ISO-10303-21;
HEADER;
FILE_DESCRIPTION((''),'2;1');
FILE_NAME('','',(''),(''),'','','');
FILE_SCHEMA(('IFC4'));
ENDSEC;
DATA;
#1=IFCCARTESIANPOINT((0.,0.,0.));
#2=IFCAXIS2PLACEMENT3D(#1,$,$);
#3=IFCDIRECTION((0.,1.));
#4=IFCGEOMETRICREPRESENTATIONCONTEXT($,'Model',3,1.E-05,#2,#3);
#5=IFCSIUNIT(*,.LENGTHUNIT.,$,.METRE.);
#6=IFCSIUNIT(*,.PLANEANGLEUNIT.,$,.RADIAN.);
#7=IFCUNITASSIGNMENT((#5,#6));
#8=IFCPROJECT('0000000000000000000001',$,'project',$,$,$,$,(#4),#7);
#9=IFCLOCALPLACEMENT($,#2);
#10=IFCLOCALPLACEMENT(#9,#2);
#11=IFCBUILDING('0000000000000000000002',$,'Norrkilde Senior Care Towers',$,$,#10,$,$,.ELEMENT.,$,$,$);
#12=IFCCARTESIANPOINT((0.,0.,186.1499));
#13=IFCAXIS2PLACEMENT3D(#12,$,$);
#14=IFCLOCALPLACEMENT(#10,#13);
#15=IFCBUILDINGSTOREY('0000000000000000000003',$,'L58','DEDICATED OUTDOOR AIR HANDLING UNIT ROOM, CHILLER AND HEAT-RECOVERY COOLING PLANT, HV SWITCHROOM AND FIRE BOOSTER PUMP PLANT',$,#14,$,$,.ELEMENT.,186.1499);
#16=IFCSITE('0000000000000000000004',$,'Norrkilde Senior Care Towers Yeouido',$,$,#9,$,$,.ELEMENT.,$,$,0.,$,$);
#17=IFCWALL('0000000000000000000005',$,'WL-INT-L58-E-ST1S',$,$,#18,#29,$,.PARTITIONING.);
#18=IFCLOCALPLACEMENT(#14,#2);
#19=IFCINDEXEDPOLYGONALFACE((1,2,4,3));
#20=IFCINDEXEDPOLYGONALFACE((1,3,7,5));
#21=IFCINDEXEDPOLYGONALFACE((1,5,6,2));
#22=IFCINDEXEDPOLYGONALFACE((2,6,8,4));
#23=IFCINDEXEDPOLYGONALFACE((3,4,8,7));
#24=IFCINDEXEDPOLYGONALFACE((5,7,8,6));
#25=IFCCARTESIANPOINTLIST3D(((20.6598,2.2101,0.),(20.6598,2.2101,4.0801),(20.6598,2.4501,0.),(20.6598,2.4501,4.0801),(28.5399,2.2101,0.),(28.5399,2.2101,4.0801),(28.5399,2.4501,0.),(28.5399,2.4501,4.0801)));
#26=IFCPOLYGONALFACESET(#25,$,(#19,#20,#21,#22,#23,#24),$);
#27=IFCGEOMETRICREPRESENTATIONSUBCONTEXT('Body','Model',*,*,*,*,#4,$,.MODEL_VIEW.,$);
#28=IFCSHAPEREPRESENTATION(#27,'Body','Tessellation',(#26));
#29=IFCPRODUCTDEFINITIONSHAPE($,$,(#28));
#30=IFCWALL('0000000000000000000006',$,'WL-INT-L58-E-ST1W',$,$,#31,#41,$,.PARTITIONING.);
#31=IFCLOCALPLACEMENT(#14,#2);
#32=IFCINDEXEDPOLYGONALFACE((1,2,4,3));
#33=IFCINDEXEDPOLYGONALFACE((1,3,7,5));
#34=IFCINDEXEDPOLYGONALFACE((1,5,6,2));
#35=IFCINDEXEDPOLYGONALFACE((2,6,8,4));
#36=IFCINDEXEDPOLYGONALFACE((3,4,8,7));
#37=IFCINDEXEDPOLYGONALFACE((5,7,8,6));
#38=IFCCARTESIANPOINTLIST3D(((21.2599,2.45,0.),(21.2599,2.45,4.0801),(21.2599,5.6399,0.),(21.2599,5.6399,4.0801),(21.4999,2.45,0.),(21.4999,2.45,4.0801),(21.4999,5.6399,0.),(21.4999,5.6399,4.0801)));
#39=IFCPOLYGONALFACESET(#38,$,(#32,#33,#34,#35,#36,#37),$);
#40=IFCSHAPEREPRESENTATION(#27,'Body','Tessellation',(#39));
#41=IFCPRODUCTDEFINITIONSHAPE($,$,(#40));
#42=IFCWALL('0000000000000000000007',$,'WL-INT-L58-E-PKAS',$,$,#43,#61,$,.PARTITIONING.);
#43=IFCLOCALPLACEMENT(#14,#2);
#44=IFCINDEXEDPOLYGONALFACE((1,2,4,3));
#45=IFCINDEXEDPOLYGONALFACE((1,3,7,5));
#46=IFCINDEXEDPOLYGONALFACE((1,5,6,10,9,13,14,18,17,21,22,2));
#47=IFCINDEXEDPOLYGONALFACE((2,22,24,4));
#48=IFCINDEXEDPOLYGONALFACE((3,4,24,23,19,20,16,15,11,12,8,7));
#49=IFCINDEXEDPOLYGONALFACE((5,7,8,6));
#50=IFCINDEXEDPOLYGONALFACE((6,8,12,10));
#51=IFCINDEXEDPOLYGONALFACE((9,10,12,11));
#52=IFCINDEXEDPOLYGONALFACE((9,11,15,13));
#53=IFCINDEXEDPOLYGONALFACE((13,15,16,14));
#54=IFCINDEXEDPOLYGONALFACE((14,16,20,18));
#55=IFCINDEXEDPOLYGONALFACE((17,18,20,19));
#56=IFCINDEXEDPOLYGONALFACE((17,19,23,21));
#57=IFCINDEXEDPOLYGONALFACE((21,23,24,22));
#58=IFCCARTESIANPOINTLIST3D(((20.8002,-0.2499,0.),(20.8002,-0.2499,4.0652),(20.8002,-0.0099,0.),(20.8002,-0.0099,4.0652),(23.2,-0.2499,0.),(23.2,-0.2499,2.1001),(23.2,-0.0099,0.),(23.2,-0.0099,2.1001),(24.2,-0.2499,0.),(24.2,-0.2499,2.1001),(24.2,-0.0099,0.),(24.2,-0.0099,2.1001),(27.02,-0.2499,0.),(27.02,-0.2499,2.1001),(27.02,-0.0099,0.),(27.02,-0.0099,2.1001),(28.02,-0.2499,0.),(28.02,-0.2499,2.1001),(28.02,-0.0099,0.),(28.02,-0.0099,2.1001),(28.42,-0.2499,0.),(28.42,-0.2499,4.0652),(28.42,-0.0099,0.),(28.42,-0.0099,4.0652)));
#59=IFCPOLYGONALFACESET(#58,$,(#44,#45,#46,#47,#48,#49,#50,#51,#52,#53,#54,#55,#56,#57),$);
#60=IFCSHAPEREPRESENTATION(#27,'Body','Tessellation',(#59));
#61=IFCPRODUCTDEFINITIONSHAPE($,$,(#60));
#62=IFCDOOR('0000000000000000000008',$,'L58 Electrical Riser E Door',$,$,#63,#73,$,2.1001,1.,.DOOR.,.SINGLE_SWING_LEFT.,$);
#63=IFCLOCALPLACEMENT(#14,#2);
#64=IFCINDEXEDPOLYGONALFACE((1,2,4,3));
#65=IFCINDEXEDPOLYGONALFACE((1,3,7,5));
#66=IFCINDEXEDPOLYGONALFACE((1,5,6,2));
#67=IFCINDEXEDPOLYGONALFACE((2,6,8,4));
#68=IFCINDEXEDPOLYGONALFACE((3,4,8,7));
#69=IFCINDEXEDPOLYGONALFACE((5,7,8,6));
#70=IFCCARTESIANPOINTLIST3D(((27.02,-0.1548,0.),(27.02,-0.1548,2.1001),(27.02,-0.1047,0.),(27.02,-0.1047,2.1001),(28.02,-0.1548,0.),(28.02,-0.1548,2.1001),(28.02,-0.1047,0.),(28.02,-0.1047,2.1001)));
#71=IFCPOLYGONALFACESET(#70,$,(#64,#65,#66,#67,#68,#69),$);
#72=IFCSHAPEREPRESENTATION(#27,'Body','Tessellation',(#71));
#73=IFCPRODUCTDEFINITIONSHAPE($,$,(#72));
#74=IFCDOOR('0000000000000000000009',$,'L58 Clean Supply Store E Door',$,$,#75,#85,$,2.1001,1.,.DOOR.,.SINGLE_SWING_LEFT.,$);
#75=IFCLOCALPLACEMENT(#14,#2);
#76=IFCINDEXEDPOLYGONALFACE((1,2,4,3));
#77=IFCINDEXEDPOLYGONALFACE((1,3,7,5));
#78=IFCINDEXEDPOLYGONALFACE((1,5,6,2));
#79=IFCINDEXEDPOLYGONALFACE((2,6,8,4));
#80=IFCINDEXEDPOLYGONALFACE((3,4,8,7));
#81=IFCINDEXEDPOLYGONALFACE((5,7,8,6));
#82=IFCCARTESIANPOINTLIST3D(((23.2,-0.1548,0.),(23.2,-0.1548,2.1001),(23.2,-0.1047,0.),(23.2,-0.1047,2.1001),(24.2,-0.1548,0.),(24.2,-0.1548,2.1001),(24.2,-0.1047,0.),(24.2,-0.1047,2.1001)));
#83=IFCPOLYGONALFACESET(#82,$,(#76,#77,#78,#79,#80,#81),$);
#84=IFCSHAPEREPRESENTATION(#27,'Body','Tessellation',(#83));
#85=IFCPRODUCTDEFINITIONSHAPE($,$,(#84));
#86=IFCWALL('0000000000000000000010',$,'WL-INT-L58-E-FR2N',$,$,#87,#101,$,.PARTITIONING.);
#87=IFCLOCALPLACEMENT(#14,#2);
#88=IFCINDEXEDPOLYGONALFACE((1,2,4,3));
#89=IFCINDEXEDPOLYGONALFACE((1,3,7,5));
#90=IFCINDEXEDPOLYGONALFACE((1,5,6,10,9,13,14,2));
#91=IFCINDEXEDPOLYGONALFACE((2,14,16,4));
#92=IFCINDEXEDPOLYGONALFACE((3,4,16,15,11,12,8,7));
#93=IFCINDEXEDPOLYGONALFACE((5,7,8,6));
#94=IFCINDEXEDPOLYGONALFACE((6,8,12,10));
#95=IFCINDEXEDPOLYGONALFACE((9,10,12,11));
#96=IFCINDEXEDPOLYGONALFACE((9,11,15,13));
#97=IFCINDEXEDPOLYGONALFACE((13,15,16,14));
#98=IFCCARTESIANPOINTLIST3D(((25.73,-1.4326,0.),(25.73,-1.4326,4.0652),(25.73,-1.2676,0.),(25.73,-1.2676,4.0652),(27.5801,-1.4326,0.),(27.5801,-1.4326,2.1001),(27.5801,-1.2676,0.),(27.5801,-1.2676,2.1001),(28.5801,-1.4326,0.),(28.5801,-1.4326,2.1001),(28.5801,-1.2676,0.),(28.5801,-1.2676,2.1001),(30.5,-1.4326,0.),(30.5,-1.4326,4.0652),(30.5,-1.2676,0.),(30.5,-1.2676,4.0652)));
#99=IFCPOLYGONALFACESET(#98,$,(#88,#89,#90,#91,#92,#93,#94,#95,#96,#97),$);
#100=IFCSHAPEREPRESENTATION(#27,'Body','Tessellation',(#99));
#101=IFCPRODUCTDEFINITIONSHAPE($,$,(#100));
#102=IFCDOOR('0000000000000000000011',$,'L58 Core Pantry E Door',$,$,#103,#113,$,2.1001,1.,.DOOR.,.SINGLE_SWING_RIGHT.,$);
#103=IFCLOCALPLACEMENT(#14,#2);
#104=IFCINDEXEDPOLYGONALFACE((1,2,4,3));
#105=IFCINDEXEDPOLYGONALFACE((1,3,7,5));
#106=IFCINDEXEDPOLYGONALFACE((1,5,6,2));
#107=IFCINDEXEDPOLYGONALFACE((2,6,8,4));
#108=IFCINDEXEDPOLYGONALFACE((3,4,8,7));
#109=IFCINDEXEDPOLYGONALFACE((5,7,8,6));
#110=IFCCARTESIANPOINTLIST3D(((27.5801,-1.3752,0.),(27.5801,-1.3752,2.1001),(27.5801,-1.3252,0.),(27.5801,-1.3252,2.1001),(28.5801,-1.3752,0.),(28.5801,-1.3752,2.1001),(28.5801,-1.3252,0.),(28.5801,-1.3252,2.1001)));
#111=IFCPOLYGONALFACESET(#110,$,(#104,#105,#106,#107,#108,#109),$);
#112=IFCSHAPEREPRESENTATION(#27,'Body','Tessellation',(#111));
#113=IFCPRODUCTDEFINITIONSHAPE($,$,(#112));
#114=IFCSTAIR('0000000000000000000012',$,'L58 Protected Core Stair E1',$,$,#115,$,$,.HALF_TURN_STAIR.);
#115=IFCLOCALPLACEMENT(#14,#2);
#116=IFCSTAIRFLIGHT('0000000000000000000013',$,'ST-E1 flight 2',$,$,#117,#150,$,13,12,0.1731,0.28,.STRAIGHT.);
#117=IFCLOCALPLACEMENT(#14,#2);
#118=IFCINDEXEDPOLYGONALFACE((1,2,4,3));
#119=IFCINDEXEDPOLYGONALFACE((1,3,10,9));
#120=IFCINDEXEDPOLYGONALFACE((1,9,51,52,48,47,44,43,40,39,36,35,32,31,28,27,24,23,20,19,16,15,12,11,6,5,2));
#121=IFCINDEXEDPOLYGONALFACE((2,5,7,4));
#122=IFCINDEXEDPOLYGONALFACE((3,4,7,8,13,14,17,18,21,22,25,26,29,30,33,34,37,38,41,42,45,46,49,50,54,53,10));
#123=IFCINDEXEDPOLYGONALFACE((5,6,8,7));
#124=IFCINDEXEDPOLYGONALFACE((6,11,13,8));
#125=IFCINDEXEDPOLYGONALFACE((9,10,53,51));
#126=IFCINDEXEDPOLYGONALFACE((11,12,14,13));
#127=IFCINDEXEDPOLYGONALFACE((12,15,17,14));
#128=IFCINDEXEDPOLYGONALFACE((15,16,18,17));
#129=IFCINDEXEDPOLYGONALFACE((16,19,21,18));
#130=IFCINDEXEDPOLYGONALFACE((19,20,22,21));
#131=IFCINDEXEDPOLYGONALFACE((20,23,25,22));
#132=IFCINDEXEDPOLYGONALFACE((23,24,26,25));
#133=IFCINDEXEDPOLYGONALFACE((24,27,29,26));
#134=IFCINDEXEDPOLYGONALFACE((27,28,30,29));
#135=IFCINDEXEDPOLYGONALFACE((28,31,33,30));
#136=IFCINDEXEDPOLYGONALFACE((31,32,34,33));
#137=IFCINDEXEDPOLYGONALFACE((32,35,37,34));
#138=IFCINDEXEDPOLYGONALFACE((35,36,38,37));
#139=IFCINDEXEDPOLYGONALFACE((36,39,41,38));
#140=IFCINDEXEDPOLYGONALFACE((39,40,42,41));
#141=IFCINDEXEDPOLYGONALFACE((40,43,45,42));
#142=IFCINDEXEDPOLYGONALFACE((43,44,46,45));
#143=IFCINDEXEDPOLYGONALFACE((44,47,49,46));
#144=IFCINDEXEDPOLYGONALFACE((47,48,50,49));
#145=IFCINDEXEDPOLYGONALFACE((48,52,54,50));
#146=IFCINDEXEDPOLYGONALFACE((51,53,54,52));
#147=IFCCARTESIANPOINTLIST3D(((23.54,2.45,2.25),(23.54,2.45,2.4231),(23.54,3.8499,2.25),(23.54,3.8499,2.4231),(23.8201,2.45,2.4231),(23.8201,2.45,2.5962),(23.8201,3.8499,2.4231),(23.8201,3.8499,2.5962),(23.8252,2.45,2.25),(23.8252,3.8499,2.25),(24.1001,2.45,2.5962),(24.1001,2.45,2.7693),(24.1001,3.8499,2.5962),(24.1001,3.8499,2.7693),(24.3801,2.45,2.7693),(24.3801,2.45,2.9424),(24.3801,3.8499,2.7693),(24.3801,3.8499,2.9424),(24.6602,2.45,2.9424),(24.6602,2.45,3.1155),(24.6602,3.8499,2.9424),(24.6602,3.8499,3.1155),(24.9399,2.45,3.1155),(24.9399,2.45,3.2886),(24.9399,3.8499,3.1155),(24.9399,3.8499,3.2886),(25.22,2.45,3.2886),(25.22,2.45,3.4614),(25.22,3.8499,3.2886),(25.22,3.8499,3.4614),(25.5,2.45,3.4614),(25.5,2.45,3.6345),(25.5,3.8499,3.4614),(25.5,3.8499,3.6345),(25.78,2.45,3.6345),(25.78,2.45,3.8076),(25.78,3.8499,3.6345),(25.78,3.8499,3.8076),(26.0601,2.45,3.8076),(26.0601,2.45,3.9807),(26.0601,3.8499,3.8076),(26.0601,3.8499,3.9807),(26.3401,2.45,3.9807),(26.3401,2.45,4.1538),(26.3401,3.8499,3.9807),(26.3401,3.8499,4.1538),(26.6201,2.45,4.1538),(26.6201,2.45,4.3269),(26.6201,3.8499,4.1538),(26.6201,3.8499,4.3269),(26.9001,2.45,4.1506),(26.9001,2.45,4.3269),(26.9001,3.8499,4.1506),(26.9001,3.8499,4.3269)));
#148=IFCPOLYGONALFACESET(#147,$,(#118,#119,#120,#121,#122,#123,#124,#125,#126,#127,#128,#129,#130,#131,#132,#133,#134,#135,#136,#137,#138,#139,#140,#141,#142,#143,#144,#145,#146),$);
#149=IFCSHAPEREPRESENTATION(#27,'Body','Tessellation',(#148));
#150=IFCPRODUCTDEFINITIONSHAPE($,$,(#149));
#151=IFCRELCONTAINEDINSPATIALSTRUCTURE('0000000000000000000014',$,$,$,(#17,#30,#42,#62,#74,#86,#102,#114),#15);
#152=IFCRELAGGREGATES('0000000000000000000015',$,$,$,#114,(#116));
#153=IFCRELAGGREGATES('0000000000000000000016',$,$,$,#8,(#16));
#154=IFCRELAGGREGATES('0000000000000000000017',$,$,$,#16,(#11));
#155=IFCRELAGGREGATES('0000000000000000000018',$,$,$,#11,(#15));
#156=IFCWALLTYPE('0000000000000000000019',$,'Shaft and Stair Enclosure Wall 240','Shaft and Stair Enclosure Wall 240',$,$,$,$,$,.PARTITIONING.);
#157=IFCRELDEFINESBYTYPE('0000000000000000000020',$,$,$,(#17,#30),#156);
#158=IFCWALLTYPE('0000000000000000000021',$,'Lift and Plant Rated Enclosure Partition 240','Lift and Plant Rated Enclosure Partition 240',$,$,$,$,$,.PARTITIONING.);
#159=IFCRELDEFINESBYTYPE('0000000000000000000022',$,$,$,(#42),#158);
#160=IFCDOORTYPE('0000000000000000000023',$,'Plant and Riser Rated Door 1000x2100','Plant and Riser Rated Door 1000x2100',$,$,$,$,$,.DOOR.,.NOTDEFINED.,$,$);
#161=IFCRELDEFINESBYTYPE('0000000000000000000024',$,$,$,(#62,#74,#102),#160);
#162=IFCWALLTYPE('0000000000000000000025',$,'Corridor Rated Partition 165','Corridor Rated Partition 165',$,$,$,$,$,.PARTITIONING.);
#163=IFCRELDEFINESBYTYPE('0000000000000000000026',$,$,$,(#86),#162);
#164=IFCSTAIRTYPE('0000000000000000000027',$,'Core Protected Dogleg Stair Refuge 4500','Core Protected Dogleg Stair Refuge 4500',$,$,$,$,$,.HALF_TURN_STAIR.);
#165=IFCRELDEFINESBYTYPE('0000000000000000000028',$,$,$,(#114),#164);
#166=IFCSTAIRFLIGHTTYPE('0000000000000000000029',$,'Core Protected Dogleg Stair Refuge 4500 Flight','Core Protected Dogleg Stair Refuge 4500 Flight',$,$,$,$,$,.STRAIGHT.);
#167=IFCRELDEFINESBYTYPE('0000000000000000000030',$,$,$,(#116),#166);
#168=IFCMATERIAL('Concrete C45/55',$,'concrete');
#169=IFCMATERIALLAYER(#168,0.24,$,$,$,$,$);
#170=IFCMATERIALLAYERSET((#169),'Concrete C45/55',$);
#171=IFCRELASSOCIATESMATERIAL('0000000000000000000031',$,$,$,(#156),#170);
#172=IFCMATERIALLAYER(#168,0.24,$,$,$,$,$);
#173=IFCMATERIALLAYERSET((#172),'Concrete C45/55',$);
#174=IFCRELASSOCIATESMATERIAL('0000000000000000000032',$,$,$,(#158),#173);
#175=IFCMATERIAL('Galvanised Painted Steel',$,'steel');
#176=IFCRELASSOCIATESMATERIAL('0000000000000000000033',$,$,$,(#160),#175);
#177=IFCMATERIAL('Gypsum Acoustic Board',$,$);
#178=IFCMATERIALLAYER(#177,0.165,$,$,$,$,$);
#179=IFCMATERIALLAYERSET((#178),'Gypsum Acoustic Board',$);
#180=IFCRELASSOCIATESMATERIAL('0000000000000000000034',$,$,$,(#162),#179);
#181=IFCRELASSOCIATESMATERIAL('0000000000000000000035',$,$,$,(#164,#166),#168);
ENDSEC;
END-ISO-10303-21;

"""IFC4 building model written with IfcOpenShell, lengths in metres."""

from ifc_helpers import new_model, si_unit, direction, frame, frame_2d, origin, place, context, subcontext, project, spatial, polyline, rectangle, outline, extrude, source, transform, mapped, material, layer, layer_set, type_object, type_shapes, element, fill, aggregate, save


model = new_model("IFC4")

# Units and contexts
model_context = context("Model", 3, precision=1e-05, world=origin(), true_north=direction((0.0, 1.0)))
body_context = subcontext(model_context, "Body", "Model", "MODEL_VIEW")
ifc_project = project(units=[si_unit("LENGTHUNIT", "METRE"), si_unit("PLANEANGLEUNIT", "RADIAN")], contexts=[model_context])

# Site, building, storey
site_placement = place(None, origin())
site = spatial("IfcSite", under=ifc_project, at=site_placement, Name="Norrkilde Senior Care Towers Yeouido", CompositionType="ELEMENT", RefElevation=0.0)
building_placement = place(site_placement, origin())
building = spatial("IfcBuilding", under=site, at=building_placement, Name="Norrkilde Senior Care Towers", CompositionType="ELEMENT")
storey_placement = place(building_placement, frame((0.0, 0.0, 186.1499)))
storey = spatial("IfcBuildingStorey", under=building, at=storey_placement, Name="L58", Description="DEDICATED OUTDOOR AIR HANDLING UNIT ROOM, CHILLER AND HEAT-RECOVERY COOLING PLANT, HV SWITCHROOM AND FIRE BOOSTER PUMP PLANT", CompositionType="ELEMENT", Elevation=186.1499)

# Walls
ifc_material_1 = material(Name="Concrete C45/55", Category="concrete")
ifc_layer_1 = layer(ifc_material_1, 0.24)
ifc_layer_set_1 = layer_set([ifc_layer_1], Name="Concrete C45/55")
wall_type_1 = type_object("IfcWallType", Name="Shaft and Stair Enclosure Wall 240", Description="Shaft and Stair Enclosure Wall 240", PredefinedType="PARTITIONING", material=ifc_layer_set_1)
shared_shape_1 = source(origin(), body_context, "Body", "SweptSolid", [
    extrude(rectangle(XDim=7.8801, YDim=0.24, at=frame_2d((3.9399, 0.0))), origin(), (0.0, 0.0, 1.0), 4.0801),
])
wall_1_placement = place(storey_placement, frame((20.6599, 2.3301, 0.0), z_axis=(0.0, 0.0, 1.0), x_axis=(1.0, 0.0, 0.0)))
element("IfcWall", 1, at=wall_1_placement, inside=storey, type_object=wall_type_1, Name="WL-INT-L58-E-ST1S", PredefinedType="PARTITIONING", context=body_context, shape_type="MappedRepresentation", body=[
    mapped(shared_shape_1, transform((0.0, 0.0, 0.0), x_axis=(1.0, 0.0, 0.0), y_axis=(0.0, 1.0, 0.0), z_axis=(0.0, 0.0, 1.0), scale=1.0)),
])
shared_shape_2 = source(origin(), body_context, "Body", "SweptSolid", [
    extrude(rectangle(XDim=3.1899, YDim=0.24, at=frame_2d((1.595, 0.0))), origin(), (0.0, 0.0, 1.0), 4.0801),
])
type_shapes(wall_type_1, [shared_shape_1, shared_shape_2])
wall_2_placement = place(storey_placement, frame((21.3799, 2.45, 0.0), z_axis=(0.0, 0.0, 1.0), x_axis=(0.0, 1.0, 0.0)))
element("IfcWall", 2, at=wall_2_placement, inside=storey, type_object=wall_type_1, Name="WL-INT-L58-E-ST1W", PredefinedType="PARTITIONING", context=body_context, shape_type="MappedRepresentation", body=[
    mapped(shared_shape_2, transform((0.0, 0.0, 0.0), x_axis=(1.0, 0.0, 0.0), y_axis=(0.0, 1.0, 0.0), z_axis=(0.0, 0.0, 1.0), scale=1.0)),
])

# Wall, openings, doors
ifc_layer_2 = layer(ifc_material_1, 0.24)
ifc_layer_set_2 = layer_set([ifc_layer_2], Name="Concrete C45/55")
wall_type_2 = type_object("IfcWallType", Name="Lift and Plant Rated Enclosure Partition 240", Description="Lift and Plant Rated Enclosure Partition 240", PredefinedType="PARTITIONING", material=ifc_layer_set_2)
shared_shape_3 = source(origin(), body_context, "Body", "SweptSolid", [
    extrude(rectangle(XDim=7.6199, YDim=0.24, at=frame_2d((3.8101, 0.0))), origin(), (0.0, 0.0, 1.0), 4.0652),
])
type_shapes(wall_type_2, [shared_shape_3])
wall_3_placement = place(storey_placement, frame((20.8, -0.1299, 0.0), z_axis=(0.0, 0.0, 1.0), x_axis=(1.0, 0.0, 0.0)))
wall_3 = element("IfcWall", 3, at=wall_3_placement, inside=storey, type_object=wall_type_2, Name="WL-INT-L58-E-PKAS", PredefinedType="PARTITIONING", context=body_context, shape_type="MappedRepresentation", body=[
    mapped(shared_shape_3, transform((0.0, 0.0, 0.0), x_axis=(1.0, 0.0, 0.0), y_axis=(0.0, 1.0, 0.0), z_axis=(0.0, 0.0, 1.0), scale=1.0)),
])
opening_1_placement = place(wall_3_placement, frame((6.22, 0.0, 0.0)))
opening_1 = element("IfcOpeningElement", 4, at=opening_1_placement, cuts=wall_3, PredefinedType="OPENING", context=body_context, shape_type="SweptSolid", body=[
    extrude(rectangle(XDim=1.0, YDim=2.1001, at=frame_2d((0.5, 1.05))), frame((0.0, 0.1299, 0.0), z_axis=(0.0, -1.0, 0.0), x_axis=(1.0, 0.0, 0.0)), (0.0, 0.0, 1.0), 0.26),
])
opening_2_placement = place(wall_3_placement, frame((2.3999, 0.0, 0.0)))
opening_2 = element("IfcOpeningElement", 5, at=opening_2_placement, cuts=wall_3, PredefinedType="OPENING", context=body_context, shape_type="SweptSolid", body=[
    extrude(rectangle(XDim=1.0, YDim=2.1001, at=frame_2d((0.5, 1.05))), frame((0.0, 0.1299, 0.0), z_axis=(0.0, -1.0, 0.0), x_axis=(1.0, 0.0, 0.0)), (0.0, 0.0, 1.0), 0.26),
])
ifc_material_2 = material(Name="Galvanised Painted Steel", Category="steel")
door_type = type_object("IfcDoorType", Name="Plant and Riser Rated Door 1000x2100", Description="Plant and Riser Rated Door 1000x2100", OperationType="NOTDEFINED", PredefinedType="DOOR", material=ifc_material_2)
shared_shape_4 = source(origin(), body_context, "Body", "SweptSolid", [
    extrude(rectangle(XDim=1.0, YDim=2.1001, at=frame_2d((0.5, 1.05))), frame((0.0, 0.0249, 0.0), z_axis=(0.0, -1.0, 0.0), x_axis=(1.0, 0.0, 0.0)), (0.0, 0.0, 1.0), 0.05),
])
type_shapes(door_type, [shared_shape_4])
door_1_placement = place(opening_1_placement, frame((1.0, 0.0, 0.0), z_axis=(0.0, 0.0, 1.0), x_axis=(-1.0, 0.0, 0.0)))
door_1 = element("IfcDoor", 6, at=door_1_placement, inside=storey, type_object=door_type, Name="L58 Electrical Riser E Door", OperationType="SINGLE_SWING_LEFT", OverallHeight=2.1001, OverallWidth=1.0, PredefinedType="DOOR", context=body_context, shape_type="MappedRepresentation", body=[
    mapped(shared_shape_4, transform((0.0, 0.0, 0.0), x_axis=(1.0, 0.0, 0.0), y_axis=(0.0, 1.0, 0.0), z_axis=(0.0, 0.0, 1.0), scale=1.0)),
])
fill(opening_1, door_1)
door_2_placement = place(opening_2_placement, frame((1.0, 0.0, 0.0), z_axis=(0.0, 0.0, 1.0), x_axis=(-1.0, 0.0, 0.0)))
door_2 = element("IfcDoor", 7, at=door_2_placement, inside=storey, type_object=door_type, Name="L58 Clean Supply Store E Door", OperationType="SINGLE_SWING_LEFT", OverallHeight=2.1001, OverallWidth=1.0, PredefinedType="DOOR", context=body_context, shape_type="MappedRepresentation", body=[
    mapped(shared_shape_4, transform((0.0, 0.0, 0.0), x_axis=(1.0, 0.0, 0.0), y_axis=(0.0, 1.0, 0.0), z_axis=(0.0, 0.0, 1.0), scale=1.0)),
])
fill(opening_2, door_2)

# Wall, opening, door
ifc_material_3 = material(Name="Gypsum Acoustic Board")
ifc_layer_3 = layer(ifc_material_3, 0.165)
ifc_layer_set_3 = layer_set([ifc_layer_3], Name="Gypsum Acoustic Board")
wall_type_3 = type_object("IfcWallType", Name="Corridor Rated Partition 165", Description="Corridor Rated Partition 165", PredefinedType="PARTITIONING", material=ifc_layer_set_3)
shared_shape_5 = source(origin(), body_context, "Body", "SweptSolid", [
    extrude(rectangle(XDim=4.77, YDim=0.165, at=frame_2d((2.385, 0.0))), origin(), (0.0, 0.0, 1.0), 4.0652),
])
type_shapes(wall_type_3, [shared_shape_5])
wall_4_placement = place(storey_placement, frame((25.73, -1.3501, 0.0), z_axis=(0.0, 0.0, 1.0), x_axis=(1.0, 0.0, 0.0)))
wall_4 = element("IfcWall", 8, at=wall_4_placement, inside=storey, type_object=wall_type_3, Name="WL-INT-L58-E-FR2N", PredefinedType="PARTITIONING", context=body_context, shape_type="MappedRepresentation", body=[
    mapped(shared_shape_5, transform((0.0, 0.0, 0.0), x_axis=(1.0, 0.0, 0.0), y_axis=(0.0, 1.0, 0.0), z_axis=(0.0, 0.0, 1.0), scale=1.0)),
])
opening_3_placement = place(wall_4_placement, frame((1.8501, 0.0, 0.0)))
opening_3 = element("IfcOpeningElement", 9, at=opening_3_placement, cuts=wall_4, PredefinedType="OPENING", context=body_context, shape_type="SweptSolid", body=[
    extrude(rectangle(XDim=1.0, YDim=2.1001, at=frame_2d((0.5, 1.05))), frame((0.0, 0.0925, 0.0), z_axis=(0.0, -1.0, 0.0), x_axis=(1.0, 0.0, 0.0)), (0.0, 0.0, 1.0), 0.1851),
])
door_3_placement = place(opening_3_placement, origin())
door_3 = element("IfcDoor", 10, at=door_3_placement, inside=storey, type_object=door_type, Name="L58 Core Pantry E Door", OperationType="SINGLE_SWING_RIGHT", OverallHeight=2.1001, OverallWidth=1.0, PredefinedType="DOOR", context=body_context, shape_type="MappedRepresentation", body=[
    mapped(shared_shape_4, transform((0.0, 0.0, 0.0), x_axis=(1.0, 0.0, 0.0), y_axis=(0.0, 1.0, 0.0), z_axis=(0.0, 0.0, 1.0), scale=1.0)),
])
fill(opening_3, door_3)

# Stair, stair flight
stair_type = type_object("IfcStairType", Name="Core Protected Dogleg Stair Refuge 4500", Description="Core Protected Dogleg Stair Refuge 4500", PredefinedType="HALF_TURN_STAIR", material=ifc_material_1)
stair_placement = place(storey_placement, origin())
stair = element("IfcStair", 11, at=stair_placement, inside=storey, type_object=stair_type, Name="L58 Protected Core Stair E1", PredefinedType="HALF_TURN_STAIR")
stair_flight_type = type_object("IfcStairFlightType", Name="Core Protected Dogleg Stair Refuge 4500 Flight", Description="Core Protected Dogleg Stair Refuge 4500 Flight", PredefinedType="STRAIGHT", material=ifc_material_1)
stair_flight_placement = place(storey_placement, frame((23.54, 3.1499, 2.25), z_axis=(0.0, 0.0, 1.0), x_axis=(1.0, 0.0, 0.0)))
stair_flight = element("IfcStairFlight", 12, at=stair_flight_placement, type_object=stair_flight_type, Name="ST-E1 flight 2", NumberOfRisers=13, NumberOfTreads=12, PredefinedType="STRAIGHT", RiserHeight=0.1731, TreadLength=0.28, context=body_context, shape_type="SweptSolid", body=[
    extrude(outline(polyline([(0.0, 0.0), (0.0, 0.1731), (0.28, 0.1731), (0.28, 0.3462), (0.5601, 0.3462), (0.5601, 0.5193), (0.8401, 0.5193), (0.8401, 0.6924), (1.1201, 0.6924), (1.1201, 0.8655), (1.3999, 0.8655), (1.3999, 1.0386), (1.6799, 1.0386), (1.6799, 1.2114), (1.96, 1.2114), (1.96, 1.3845), (2.24, 1.3845), (2.24, 1.5576), (2.52, 1.5576), (2.52, 1.7307), (2.8, 1.7307), (2.8, 1.9038), (3.0801, 1.9038), (3.0801, 2.0769), (3.3601, 2.0769), (3.3601, 2.25), (3.3601, 1.9006), (0.2852, 0.0), (0.0, 0.0)])), frame((0.0, 0.7, 0.0), z_axis=(0.0, -1.0, 0.0), x_axis=(1.0, 0.0, 0.0)), (0.0, 0.0, 1.0), 1.3999),
])
aggregate(stair, [stair_flight])

save(model, "model.ifc")
